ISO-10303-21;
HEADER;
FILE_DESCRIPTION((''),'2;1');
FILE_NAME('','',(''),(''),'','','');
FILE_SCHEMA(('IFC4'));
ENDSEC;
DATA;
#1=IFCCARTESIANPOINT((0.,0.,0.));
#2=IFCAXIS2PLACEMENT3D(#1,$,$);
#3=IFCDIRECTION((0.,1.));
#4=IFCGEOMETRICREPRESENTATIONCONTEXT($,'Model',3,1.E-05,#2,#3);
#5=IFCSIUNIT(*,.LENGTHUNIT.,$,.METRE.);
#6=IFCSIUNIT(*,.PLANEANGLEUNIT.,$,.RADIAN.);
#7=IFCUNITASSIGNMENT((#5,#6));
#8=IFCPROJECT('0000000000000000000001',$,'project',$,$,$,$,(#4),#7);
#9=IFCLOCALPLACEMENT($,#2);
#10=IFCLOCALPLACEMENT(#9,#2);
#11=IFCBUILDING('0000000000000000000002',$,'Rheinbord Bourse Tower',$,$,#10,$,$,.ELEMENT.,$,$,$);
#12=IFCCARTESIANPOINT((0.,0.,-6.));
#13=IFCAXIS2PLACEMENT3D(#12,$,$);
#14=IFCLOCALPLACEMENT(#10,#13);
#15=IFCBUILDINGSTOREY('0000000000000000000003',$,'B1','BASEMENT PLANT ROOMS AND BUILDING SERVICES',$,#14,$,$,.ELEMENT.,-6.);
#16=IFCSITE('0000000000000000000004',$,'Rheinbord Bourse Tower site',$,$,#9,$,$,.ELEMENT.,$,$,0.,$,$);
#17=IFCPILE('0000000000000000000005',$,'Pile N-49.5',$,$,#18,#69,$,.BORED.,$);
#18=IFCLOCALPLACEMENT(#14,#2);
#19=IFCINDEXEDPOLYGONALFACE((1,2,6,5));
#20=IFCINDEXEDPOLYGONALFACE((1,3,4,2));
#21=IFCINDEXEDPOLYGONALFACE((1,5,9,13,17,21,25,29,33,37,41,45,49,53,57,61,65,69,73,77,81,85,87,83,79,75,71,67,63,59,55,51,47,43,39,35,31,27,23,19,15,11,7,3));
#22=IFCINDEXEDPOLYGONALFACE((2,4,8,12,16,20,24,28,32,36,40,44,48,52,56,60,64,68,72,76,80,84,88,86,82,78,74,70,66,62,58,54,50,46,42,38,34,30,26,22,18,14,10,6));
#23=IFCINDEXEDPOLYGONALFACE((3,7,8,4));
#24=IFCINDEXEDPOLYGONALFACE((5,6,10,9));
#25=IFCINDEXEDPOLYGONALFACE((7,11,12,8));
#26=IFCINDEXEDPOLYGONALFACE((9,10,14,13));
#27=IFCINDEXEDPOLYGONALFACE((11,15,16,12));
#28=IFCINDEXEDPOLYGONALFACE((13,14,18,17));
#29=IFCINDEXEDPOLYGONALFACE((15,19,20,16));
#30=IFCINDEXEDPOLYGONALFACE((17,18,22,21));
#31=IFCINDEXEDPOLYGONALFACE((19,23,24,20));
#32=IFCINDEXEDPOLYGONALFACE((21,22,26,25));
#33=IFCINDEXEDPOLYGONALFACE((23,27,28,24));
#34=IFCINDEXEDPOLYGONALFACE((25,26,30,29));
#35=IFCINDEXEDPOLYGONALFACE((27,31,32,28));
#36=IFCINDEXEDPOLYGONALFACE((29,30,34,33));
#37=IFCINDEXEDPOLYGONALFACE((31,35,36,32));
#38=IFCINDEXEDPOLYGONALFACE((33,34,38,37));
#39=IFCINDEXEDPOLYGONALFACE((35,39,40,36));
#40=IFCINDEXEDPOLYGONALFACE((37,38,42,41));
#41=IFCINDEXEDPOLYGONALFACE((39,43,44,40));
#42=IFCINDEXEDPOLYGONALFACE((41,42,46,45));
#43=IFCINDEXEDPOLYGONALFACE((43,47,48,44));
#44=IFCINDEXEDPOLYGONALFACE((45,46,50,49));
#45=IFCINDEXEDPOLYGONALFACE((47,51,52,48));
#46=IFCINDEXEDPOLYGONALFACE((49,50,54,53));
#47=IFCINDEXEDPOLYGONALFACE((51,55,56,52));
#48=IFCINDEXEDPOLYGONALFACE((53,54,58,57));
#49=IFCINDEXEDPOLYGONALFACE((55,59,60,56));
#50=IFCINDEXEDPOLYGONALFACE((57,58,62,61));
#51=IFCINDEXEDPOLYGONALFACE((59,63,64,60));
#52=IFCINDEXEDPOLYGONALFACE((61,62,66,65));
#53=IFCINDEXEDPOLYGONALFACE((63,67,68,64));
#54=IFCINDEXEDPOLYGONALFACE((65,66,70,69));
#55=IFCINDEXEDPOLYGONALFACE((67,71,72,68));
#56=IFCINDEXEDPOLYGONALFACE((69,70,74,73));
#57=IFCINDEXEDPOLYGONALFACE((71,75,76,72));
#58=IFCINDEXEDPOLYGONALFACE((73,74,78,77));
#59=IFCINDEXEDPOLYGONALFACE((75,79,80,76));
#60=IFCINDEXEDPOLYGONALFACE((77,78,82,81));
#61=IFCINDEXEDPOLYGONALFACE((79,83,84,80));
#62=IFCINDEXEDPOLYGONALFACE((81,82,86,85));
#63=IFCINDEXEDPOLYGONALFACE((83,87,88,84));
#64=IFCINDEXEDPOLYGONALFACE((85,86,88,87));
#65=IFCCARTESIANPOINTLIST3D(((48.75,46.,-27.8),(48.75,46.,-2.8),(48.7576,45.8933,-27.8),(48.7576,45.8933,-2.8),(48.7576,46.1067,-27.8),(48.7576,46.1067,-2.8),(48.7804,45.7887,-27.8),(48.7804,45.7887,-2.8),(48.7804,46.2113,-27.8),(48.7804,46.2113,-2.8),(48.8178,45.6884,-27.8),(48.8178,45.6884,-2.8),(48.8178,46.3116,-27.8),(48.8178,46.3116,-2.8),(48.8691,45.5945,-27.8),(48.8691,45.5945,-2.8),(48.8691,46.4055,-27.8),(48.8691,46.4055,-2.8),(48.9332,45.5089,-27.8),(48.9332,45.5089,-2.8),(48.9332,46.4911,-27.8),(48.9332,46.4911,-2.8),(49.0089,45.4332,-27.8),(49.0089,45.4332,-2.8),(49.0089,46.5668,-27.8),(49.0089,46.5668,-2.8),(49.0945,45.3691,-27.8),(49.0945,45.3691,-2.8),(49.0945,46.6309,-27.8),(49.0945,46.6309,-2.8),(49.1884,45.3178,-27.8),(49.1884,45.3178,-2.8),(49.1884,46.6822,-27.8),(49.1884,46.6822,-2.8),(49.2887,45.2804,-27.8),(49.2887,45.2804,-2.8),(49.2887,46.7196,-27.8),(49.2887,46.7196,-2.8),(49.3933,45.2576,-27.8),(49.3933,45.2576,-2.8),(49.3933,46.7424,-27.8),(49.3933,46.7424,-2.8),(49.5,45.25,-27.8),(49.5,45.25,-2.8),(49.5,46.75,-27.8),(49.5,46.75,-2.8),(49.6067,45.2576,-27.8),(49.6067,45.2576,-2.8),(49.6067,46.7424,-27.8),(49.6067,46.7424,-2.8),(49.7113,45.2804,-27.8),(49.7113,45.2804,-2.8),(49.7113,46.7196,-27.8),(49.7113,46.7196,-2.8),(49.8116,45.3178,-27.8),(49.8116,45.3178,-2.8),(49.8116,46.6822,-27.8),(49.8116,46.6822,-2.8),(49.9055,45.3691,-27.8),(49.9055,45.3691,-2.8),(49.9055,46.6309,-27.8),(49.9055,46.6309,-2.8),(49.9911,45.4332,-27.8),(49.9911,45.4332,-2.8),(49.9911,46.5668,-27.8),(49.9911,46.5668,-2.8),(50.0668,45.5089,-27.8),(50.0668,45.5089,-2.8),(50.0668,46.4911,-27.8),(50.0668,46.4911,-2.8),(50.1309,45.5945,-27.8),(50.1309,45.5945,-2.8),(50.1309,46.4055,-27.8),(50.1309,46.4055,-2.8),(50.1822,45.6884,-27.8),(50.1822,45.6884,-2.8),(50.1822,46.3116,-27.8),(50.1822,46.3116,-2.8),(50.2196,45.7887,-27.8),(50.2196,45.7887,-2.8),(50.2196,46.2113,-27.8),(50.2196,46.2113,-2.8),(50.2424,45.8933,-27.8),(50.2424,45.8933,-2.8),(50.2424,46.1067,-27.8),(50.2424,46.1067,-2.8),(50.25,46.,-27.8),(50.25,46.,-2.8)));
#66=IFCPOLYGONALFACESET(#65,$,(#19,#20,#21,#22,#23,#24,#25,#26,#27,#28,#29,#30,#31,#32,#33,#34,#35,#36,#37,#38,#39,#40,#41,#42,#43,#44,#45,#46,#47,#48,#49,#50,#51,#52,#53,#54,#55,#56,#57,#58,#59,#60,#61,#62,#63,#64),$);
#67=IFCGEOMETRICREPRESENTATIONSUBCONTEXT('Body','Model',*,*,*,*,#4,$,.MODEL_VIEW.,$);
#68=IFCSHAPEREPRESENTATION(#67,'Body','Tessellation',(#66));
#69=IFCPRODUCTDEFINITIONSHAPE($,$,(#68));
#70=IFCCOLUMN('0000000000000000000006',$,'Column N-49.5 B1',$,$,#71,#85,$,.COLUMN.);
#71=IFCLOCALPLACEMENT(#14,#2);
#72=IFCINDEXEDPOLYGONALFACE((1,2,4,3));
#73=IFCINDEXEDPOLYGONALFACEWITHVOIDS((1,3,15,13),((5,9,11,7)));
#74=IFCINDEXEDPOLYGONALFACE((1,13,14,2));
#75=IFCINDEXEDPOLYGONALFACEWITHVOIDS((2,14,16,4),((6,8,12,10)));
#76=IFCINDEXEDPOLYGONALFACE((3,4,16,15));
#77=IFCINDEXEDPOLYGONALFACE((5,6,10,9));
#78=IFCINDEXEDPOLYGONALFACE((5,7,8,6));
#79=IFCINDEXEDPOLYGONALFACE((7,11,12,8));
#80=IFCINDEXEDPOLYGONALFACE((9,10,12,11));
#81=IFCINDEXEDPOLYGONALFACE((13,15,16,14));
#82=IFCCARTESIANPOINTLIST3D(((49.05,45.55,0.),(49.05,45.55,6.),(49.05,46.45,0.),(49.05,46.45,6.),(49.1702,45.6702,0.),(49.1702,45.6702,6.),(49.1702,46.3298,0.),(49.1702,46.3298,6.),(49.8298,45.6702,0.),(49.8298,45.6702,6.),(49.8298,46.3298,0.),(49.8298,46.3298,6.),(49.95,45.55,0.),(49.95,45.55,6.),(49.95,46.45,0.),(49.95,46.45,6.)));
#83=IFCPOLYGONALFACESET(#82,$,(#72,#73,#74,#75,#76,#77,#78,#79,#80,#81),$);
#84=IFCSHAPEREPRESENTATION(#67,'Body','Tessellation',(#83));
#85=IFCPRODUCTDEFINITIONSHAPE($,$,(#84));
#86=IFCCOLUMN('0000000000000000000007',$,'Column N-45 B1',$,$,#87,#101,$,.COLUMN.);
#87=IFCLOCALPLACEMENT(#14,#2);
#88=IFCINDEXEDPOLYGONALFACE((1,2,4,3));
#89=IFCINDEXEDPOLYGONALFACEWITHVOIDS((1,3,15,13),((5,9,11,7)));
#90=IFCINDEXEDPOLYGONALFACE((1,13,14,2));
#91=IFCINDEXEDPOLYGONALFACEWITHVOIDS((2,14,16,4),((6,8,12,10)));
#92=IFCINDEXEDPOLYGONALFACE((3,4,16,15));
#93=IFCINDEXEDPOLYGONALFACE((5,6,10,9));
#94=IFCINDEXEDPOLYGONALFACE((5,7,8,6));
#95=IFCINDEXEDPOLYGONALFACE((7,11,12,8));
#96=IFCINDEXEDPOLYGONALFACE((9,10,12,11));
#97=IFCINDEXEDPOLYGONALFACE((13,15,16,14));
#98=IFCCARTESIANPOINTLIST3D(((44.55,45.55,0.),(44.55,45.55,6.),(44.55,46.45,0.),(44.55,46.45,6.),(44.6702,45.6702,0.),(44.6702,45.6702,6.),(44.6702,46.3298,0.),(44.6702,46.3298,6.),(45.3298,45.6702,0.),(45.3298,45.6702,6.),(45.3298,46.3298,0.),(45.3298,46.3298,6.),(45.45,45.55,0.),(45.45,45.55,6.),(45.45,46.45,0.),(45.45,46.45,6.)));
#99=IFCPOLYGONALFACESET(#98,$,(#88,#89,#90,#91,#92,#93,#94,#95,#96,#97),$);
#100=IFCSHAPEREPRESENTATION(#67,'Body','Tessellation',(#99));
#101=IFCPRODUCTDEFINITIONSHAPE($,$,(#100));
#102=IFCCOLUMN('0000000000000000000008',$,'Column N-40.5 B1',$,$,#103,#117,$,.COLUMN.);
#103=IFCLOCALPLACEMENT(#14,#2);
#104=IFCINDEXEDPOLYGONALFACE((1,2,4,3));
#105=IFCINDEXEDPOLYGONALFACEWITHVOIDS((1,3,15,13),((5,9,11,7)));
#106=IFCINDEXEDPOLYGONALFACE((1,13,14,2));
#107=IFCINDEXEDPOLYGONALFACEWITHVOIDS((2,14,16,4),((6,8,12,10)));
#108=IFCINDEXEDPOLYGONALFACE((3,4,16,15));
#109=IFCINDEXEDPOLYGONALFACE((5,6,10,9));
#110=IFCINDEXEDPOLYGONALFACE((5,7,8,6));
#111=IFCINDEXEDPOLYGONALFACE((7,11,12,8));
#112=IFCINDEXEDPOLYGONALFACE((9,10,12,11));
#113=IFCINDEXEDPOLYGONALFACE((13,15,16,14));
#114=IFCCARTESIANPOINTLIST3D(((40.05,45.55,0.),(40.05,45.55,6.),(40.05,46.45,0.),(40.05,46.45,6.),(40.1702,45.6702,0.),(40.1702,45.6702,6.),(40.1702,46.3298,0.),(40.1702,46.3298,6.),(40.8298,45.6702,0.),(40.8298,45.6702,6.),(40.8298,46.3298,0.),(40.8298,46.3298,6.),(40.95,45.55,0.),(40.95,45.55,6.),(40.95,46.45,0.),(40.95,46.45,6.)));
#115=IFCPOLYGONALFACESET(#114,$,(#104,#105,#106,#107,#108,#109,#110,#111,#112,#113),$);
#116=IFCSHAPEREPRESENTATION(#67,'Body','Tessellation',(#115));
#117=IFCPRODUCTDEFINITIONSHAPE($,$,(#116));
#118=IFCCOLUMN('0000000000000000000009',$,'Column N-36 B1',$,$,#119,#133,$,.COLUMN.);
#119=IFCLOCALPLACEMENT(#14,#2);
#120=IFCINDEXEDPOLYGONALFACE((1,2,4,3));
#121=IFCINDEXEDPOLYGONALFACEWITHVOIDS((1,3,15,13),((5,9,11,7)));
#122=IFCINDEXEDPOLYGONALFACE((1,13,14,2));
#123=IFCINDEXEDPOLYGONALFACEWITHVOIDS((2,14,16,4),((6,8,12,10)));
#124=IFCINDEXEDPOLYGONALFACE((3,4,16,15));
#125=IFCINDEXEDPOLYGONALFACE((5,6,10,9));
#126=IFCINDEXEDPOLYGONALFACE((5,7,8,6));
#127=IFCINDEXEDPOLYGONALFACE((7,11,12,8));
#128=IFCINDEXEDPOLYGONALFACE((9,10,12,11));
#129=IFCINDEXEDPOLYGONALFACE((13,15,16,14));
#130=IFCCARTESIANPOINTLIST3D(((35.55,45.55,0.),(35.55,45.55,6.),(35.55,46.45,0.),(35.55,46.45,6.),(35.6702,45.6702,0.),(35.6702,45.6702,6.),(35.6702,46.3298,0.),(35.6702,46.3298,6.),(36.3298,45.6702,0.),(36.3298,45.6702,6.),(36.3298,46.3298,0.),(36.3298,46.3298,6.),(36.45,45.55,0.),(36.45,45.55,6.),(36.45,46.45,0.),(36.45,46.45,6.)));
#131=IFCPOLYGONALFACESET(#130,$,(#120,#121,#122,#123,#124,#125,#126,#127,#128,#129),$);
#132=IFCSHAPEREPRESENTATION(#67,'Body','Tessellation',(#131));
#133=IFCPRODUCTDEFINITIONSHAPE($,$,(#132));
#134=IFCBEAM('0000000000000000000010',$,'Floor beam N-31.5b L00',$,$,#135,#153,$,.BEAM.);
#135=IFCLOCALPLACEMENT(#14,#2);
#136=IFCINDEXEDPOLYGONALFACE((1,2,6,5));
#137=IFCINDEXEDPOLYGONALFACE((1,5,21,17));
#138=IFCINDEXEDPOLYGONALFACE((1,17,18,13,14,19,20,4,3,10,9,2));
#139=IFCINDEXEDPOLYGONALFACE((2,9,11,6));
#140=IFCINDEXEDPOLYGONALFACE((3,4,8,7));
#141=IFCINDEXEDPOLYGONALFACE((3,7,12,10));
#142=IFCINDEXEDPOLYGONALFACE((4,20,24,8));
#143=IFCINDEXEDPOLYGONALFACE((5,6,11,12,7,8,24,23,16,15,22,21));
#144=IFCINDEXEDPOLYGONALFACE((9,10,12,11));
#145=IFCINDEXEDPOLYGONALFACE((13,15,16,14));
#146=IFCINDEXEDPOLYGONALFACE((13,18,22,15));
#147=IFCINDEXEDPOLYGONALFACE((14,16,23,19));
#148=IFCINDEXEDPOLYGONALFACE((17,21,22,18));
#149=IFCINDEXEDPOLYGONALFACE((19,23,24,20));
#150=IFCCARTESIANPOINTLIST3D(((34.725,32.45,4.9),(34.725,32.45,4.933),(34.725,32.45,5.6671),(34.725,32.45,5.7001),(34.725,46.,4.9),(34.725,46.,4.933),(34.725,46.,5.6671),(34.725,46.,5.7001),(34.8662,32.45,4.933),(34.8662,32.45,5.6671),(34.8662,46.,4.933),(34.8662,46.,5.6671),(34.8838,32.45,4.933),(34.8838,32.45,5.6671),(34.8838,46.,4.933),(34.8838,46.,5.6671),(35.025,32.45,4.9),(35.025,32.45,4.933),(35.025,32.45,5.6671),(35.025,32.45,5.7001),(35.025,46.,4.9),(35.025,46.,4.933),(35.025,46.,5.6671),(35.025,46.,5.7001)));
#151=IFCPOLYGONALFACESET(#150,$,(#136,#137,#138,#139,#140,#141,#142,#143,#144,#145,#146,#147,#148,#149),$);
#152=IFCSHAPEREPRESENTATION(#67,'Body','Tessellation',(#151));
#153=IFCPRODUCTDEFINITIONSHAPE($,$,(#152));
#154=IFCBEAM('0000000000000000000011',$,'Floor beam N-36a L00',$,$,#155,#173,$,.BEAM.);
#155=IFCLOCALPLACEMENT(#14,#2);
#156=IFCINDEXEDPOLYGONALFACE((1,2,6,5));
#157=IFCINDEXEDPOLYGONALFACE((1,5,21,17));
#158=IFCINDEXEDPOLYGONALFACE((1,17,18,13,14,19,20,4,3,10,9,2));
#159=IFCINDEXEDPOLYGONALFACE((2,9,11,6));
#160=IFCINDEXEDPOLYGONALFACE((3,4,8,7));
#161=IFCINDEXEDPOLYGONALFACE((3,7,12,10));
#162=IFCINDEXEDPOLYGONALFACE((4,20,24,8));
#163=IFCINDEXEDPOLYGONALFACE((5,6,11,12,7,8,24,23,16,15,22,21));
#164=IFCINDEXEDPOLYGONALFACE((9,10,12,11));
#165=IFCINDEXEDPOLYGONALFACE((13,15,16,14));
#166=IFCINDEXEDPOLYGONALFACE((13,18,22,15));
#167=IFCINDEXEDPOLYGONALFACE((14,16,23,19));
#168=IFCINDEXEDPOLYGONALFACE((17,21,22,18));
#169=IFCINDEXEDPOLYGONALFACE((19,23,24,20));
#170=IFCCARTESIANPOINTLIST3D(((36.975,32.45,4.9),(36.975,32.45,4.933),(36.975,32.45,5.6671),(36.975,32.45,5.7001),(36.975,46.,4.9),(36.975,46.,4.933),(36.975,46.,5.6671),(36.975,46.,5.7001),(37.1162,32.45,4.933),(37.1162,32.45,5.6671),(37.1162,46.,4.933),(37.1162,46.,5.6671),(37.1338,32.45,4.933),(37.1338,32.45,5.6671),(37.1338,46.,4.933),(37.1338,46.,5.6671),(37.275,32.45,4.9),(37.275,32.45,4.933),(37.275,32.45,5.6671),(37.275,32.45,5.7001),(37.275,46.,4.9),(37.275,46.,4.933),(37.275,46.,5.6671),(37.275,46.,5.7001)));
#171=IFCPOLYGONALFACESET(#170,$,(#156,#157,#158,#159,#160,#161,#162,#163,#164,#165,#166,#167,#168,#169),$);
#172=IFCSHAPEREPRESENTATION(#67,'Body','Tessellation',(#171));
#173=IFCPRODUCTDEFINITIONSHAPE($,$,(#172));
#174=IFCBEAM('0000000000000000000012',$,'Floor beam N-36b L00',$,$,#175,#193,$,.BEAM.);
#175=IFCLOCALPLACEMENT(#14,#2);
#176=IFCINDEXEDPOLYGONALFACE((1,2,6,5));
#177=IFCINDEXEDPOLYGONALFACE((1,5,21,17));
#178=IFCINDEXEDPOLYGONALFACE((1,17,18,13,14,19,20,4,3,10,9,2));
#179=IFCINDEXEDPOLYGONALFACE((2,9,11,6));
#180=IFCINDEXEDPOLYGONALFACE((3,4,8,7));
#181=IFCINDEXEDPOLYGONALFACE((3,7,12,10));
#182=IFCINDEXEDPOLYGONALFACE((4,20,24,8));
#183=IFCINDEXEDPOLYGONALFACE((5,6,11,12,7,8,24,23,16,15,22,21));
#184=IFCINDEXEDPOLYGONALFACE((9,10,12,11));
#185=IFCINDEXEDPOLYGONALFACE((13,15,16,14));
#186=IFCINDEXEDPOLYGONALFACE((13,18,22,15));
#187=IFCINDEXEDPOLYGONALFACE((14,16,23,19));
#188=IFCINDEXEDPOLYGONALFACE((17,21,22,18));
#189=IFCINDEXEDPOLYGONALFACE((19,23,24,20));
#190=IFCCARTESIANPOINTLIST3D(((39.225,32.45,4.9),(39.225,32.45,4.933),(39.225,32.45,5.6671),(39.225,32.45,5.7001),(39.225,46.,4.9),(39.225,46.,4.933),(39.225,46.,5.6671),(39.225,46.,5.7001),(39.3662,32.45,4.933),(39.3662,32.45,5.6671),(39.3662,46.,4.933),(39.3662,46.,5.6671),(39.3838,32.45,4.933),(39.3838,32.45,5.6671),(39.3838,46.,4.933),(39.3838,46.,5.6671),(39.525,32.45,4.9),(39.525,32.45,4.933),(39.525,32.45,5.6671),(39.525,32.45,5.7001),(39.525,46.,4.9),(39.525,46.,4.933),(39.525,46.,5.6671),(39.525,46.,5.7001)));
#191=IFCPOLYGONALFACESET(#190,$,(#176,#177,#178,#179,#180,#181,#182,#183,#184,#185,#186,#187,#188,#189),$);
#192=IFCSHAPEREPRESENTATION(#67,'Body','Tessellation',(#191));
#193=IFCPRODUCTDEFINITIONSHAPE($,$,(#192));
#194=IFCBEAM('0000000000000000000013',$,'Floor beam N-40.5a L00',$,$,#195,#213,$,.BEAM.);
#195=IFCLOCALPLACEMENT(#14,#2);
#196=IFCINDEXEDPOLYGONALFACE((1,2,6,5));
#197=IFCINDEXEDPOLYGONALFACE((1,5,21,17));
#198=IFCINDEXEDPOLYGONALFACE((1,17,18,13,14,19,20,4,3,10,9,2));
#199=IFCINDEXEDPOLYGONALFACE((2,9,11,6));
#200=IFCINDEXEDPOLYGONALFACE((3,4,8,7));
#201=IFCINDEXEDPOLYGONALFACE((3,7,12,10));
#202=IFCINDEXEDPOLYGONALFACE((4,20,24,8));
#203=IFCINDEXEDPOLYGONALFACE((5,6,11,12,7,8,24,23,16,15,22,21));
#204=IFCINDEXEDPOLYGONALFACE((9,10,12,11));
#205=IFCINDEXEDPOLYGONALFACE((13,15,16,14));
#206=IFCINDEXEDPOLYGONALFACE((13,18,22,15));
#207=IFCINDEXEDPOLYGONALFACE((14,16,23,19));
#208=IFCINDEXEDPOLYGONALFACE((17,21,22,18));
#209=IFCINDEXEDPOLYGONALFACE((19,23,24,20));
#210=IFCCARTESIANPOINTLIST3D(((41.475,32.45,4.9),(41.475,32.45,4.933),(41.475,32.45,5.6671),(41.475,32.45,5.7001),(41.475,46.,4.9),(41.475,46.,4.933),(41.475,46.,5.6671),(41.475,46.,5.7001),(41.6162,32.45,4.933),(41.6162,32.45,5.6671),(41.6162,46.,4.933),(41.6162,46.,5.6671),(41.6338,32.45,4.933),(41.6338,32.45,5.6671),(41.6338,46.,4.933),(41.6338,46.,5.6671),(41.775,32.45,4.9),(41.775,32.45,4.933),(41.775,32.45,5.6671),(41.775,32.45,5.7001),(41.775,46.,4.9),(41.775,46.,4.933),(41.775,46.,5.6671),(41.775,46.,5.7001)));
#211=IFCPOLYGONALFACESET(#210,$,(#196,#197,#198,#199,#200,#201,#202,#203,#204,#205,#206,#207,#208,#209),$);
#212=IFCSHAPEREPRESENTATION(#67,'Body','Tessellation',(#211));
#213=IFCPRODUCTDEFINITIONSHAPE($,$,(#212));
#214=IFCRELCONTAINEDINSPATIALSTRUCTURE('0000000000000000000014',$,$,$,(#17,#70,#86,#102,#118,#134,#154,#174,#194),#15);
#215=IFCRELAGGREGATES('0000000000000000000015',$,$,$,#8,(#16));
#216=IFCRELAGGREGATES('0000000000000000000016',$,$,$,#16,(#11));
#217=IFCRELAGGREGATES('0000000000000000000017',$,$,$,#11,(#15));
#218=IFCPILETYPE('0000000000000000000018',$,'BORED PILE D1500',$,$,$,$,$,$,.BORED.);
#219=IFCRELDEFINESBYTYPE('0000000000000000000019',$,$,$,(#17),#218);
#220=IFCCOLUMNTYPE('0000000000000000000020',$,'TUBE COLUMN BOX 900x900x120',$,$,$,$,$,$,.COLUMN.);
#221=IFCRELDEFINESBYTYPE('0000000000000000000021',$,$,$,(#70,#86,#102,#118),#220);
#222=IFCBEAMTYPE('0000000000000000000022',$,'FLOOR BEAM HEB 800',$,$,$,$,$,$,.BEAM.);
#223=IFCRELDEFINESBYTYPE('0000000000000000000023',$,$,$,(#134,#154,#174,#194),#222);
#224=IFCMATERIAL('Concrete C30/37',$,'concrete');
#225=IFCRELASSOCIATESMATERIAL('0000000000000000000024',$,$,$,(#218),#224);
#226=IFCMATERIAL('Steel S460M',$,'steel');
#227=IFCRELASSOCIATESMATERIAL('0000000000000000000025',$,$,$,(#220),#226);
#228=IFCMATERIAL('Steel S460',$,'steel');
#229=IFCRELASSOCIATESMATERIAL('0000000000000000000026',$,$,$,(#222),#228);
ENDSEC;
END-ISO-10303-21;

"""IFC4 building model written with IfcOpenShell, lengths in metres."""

from ifc_helpers import new_model, si_unit, direction, frame, origin, origin_2d, place, context, subcontext, project, spatial, hollow_rectangle, circle, i_section, extrude, material, material_profile, profile_set, type_object, element, save


model = new_model("IFC4")

# Units and contexts
model_context = context("Model", 3, precision=1e-05, world=origin(), true_north=direction((0.0, 1.0)))
body_context = subcontext(model_context, "Body", "Model", "MODEL_VIEW")
ifc_project = project(units=[si_unit("LENGTHUNIT", "METRE"), si_unit("PLANEANGLEUNIT", "RADIAN")], contexts=[model_context])

# Site, building, storey
site_placement = place(None, origin())
site = spatial("IfcSite", under=ifc_project, at=site_placement, Name="Rheinbord Bourse Tower site", CompositionType="ELEMENT", RefElevation=0.0)
building_placement = place(site_placement, origin())
building = spatial("IfcBuilding", under=site, at=building_placement, Name="Rheinbord Bourse Tower", CompositionType="ELEMENT")
storey_placement = place(building_placement, frame((0.0, 0.0, -6.0)))
storey = spatial("IfcBuildingStorey", under=building, at=storey_placement, Name="B1", Description="BASEMENT PLANT ROOMS AND BUILDING SERVICES", CompositionType="ELEMENT", Elevation=-6.0)

# Pile
ifc_material_1 = material(Name="Concrete C30/37", Category="concrete")
ifc_material_profile_1 = material_profile(ifc_material_1, circle(Radius=0.75, at=origin_2d()), Name="D1500")
ifc_profile_set_1 = profile_set([ifc_material_profile_1], Name="Concrete C30/37")
pile_type = type_object("IfcPileType", Name="BORED PILE D1500", PredefinedType="BORED", material=ifc_profile_set_1)
for number, where, z_axis, x_axis, name in (
    (1, (49.5, 46.0, -2.8), (0.0, 0.0, -1.0), (1.0, 0.0, 0.0), "Pile N-49.5"),
):
    element("IfcPile", number, at=place(storey_placement, frame(where, z_axis=z_axis, x_axis=x_axis)), inside=storey, type_object=pile_type, Name=name, PredefinedType="BORED", context=body_context, shape_type="SweptSolid", body=[
        extrude(circle(Radius=0.75, at=origin_2d()), origin(), (0.0, 0.0, 1.0), 25.0),
    ])

# Columns
ifc_material_2 = material(Name="Steel S460M", Category="steel")
ifc_material_profile_2 = material_profile(ifc_material_2, hollow_rectangle(XDim=0.8999, YDim=0.8999, WallThickness=0.1201, at=origin_2d()), Name="BOX 900x900x120")
ifc_profile_set_2 = profile_set([ifc_material_profile_2], Name="Steel S460M")
column_type = type_object("IfcColumnType", Name="TUBE COLUMN BOX 900x900x120", PredefinedType="COLUMN", material=ifc_profile_set_2)
for number, where, z_axis, x_axis, name in (
    (2, (49.5, 46.0, 0.0), (0.0, 0.0, 1.0), (0.0, 1.0, 0.0), "Column N-49.5 B1"),
    (3, (45.0, 46.0, 0.0), (0.0, 0.0, 1.0), (0.0, 1.0, 0.0), "Column N-45 B1"),
    (4, (40.5, 46.0, 0.0), (0.0, 0.0, 1.0), (0.0, 1.0, 0.0), "Column N-40.5 B1"),
    (5, (36.0, 46.0, 0.0), (0.0, 0.0, 1.0), (0.0, 1.0, 0.0), "Column N-36 B1"),
):
    element("IfcColumn", number, at=place(storey_placement, frame(where, z_axis=z_axis, x_axis=x_axis)), inside=storey, type_object=column_type, Name=name, PredefinedType="COLUMN", context=body_context, shape_type="SweptSolid", body=[
        extrude(hollow_rectangle(XDim=0.8999, YDim=0.8999, WallThickness=0.1201, at=origin_2d()), origin(), (0.0, 0.0, 1.0), 6.0),
    ])

# Beams
ifc_material_3 = material(Name="Steel S460", Category="steel")
ifc_material_profile_3 = material_profile(ifc_material_3, i_section(OverallWidth=0.3, OverallDepth=0.8, WebThickness=0.0176, FlangeThickness=0.033, at=origin_2d()), Name="HEB 800")
ifc_profile_set_3 = profile_set([ifc_material_profile_3], Name="Steel S460")
beam_type_1 = type_object("IfcBeamType", Name="FLOOR BEAM HEB 800", PredefinedType="BEAM", material=ifc_profile_set_3)
for number, where, z_axis, x_axis, name in (
    (6, (34.875, 46.0, 5.3), (0.0, -1.0, 0.0), (1.0, 0.0, 0.0), "Floor beam N-31.5b L00"),
    (7, (37.125, 46.0, 5.3), (0.0, -1.0, 0.0), (1.0, 0.0, 0.0), "Floor beam N-36a L00"),
    (8, (39.375, 46.0, 5.3), (0.0, -1.0, 0.0), (1.0, 0.0, 0.0), "Floor beam N-36b L00"),
    (9, (41.625, 46.0, 5.3), (0.0, -1.0, 0.0), (1.0, 0.0, 0.0), "Floor beam N-40.5a L00"),
):
    element("IfcBeam", number, at=place(storey_placement, frame(where, z_axis=z_axis, x_axis=x_axis)), inside=storey, type_object=beam_type_1, Name=name, PredefinedType="BEAM", context=body_context, shape_type="SweptSolid", body=[
        extrude(i_section(OverallWidth=0.3, OverallDepth=0.8, WebThickness=0.0176, FlangeThickness=0.033, at=origin_2d()), origin(), (0.0, 0.0, 1.0), 13.55),
    ])

save(model, "model.ifc")
